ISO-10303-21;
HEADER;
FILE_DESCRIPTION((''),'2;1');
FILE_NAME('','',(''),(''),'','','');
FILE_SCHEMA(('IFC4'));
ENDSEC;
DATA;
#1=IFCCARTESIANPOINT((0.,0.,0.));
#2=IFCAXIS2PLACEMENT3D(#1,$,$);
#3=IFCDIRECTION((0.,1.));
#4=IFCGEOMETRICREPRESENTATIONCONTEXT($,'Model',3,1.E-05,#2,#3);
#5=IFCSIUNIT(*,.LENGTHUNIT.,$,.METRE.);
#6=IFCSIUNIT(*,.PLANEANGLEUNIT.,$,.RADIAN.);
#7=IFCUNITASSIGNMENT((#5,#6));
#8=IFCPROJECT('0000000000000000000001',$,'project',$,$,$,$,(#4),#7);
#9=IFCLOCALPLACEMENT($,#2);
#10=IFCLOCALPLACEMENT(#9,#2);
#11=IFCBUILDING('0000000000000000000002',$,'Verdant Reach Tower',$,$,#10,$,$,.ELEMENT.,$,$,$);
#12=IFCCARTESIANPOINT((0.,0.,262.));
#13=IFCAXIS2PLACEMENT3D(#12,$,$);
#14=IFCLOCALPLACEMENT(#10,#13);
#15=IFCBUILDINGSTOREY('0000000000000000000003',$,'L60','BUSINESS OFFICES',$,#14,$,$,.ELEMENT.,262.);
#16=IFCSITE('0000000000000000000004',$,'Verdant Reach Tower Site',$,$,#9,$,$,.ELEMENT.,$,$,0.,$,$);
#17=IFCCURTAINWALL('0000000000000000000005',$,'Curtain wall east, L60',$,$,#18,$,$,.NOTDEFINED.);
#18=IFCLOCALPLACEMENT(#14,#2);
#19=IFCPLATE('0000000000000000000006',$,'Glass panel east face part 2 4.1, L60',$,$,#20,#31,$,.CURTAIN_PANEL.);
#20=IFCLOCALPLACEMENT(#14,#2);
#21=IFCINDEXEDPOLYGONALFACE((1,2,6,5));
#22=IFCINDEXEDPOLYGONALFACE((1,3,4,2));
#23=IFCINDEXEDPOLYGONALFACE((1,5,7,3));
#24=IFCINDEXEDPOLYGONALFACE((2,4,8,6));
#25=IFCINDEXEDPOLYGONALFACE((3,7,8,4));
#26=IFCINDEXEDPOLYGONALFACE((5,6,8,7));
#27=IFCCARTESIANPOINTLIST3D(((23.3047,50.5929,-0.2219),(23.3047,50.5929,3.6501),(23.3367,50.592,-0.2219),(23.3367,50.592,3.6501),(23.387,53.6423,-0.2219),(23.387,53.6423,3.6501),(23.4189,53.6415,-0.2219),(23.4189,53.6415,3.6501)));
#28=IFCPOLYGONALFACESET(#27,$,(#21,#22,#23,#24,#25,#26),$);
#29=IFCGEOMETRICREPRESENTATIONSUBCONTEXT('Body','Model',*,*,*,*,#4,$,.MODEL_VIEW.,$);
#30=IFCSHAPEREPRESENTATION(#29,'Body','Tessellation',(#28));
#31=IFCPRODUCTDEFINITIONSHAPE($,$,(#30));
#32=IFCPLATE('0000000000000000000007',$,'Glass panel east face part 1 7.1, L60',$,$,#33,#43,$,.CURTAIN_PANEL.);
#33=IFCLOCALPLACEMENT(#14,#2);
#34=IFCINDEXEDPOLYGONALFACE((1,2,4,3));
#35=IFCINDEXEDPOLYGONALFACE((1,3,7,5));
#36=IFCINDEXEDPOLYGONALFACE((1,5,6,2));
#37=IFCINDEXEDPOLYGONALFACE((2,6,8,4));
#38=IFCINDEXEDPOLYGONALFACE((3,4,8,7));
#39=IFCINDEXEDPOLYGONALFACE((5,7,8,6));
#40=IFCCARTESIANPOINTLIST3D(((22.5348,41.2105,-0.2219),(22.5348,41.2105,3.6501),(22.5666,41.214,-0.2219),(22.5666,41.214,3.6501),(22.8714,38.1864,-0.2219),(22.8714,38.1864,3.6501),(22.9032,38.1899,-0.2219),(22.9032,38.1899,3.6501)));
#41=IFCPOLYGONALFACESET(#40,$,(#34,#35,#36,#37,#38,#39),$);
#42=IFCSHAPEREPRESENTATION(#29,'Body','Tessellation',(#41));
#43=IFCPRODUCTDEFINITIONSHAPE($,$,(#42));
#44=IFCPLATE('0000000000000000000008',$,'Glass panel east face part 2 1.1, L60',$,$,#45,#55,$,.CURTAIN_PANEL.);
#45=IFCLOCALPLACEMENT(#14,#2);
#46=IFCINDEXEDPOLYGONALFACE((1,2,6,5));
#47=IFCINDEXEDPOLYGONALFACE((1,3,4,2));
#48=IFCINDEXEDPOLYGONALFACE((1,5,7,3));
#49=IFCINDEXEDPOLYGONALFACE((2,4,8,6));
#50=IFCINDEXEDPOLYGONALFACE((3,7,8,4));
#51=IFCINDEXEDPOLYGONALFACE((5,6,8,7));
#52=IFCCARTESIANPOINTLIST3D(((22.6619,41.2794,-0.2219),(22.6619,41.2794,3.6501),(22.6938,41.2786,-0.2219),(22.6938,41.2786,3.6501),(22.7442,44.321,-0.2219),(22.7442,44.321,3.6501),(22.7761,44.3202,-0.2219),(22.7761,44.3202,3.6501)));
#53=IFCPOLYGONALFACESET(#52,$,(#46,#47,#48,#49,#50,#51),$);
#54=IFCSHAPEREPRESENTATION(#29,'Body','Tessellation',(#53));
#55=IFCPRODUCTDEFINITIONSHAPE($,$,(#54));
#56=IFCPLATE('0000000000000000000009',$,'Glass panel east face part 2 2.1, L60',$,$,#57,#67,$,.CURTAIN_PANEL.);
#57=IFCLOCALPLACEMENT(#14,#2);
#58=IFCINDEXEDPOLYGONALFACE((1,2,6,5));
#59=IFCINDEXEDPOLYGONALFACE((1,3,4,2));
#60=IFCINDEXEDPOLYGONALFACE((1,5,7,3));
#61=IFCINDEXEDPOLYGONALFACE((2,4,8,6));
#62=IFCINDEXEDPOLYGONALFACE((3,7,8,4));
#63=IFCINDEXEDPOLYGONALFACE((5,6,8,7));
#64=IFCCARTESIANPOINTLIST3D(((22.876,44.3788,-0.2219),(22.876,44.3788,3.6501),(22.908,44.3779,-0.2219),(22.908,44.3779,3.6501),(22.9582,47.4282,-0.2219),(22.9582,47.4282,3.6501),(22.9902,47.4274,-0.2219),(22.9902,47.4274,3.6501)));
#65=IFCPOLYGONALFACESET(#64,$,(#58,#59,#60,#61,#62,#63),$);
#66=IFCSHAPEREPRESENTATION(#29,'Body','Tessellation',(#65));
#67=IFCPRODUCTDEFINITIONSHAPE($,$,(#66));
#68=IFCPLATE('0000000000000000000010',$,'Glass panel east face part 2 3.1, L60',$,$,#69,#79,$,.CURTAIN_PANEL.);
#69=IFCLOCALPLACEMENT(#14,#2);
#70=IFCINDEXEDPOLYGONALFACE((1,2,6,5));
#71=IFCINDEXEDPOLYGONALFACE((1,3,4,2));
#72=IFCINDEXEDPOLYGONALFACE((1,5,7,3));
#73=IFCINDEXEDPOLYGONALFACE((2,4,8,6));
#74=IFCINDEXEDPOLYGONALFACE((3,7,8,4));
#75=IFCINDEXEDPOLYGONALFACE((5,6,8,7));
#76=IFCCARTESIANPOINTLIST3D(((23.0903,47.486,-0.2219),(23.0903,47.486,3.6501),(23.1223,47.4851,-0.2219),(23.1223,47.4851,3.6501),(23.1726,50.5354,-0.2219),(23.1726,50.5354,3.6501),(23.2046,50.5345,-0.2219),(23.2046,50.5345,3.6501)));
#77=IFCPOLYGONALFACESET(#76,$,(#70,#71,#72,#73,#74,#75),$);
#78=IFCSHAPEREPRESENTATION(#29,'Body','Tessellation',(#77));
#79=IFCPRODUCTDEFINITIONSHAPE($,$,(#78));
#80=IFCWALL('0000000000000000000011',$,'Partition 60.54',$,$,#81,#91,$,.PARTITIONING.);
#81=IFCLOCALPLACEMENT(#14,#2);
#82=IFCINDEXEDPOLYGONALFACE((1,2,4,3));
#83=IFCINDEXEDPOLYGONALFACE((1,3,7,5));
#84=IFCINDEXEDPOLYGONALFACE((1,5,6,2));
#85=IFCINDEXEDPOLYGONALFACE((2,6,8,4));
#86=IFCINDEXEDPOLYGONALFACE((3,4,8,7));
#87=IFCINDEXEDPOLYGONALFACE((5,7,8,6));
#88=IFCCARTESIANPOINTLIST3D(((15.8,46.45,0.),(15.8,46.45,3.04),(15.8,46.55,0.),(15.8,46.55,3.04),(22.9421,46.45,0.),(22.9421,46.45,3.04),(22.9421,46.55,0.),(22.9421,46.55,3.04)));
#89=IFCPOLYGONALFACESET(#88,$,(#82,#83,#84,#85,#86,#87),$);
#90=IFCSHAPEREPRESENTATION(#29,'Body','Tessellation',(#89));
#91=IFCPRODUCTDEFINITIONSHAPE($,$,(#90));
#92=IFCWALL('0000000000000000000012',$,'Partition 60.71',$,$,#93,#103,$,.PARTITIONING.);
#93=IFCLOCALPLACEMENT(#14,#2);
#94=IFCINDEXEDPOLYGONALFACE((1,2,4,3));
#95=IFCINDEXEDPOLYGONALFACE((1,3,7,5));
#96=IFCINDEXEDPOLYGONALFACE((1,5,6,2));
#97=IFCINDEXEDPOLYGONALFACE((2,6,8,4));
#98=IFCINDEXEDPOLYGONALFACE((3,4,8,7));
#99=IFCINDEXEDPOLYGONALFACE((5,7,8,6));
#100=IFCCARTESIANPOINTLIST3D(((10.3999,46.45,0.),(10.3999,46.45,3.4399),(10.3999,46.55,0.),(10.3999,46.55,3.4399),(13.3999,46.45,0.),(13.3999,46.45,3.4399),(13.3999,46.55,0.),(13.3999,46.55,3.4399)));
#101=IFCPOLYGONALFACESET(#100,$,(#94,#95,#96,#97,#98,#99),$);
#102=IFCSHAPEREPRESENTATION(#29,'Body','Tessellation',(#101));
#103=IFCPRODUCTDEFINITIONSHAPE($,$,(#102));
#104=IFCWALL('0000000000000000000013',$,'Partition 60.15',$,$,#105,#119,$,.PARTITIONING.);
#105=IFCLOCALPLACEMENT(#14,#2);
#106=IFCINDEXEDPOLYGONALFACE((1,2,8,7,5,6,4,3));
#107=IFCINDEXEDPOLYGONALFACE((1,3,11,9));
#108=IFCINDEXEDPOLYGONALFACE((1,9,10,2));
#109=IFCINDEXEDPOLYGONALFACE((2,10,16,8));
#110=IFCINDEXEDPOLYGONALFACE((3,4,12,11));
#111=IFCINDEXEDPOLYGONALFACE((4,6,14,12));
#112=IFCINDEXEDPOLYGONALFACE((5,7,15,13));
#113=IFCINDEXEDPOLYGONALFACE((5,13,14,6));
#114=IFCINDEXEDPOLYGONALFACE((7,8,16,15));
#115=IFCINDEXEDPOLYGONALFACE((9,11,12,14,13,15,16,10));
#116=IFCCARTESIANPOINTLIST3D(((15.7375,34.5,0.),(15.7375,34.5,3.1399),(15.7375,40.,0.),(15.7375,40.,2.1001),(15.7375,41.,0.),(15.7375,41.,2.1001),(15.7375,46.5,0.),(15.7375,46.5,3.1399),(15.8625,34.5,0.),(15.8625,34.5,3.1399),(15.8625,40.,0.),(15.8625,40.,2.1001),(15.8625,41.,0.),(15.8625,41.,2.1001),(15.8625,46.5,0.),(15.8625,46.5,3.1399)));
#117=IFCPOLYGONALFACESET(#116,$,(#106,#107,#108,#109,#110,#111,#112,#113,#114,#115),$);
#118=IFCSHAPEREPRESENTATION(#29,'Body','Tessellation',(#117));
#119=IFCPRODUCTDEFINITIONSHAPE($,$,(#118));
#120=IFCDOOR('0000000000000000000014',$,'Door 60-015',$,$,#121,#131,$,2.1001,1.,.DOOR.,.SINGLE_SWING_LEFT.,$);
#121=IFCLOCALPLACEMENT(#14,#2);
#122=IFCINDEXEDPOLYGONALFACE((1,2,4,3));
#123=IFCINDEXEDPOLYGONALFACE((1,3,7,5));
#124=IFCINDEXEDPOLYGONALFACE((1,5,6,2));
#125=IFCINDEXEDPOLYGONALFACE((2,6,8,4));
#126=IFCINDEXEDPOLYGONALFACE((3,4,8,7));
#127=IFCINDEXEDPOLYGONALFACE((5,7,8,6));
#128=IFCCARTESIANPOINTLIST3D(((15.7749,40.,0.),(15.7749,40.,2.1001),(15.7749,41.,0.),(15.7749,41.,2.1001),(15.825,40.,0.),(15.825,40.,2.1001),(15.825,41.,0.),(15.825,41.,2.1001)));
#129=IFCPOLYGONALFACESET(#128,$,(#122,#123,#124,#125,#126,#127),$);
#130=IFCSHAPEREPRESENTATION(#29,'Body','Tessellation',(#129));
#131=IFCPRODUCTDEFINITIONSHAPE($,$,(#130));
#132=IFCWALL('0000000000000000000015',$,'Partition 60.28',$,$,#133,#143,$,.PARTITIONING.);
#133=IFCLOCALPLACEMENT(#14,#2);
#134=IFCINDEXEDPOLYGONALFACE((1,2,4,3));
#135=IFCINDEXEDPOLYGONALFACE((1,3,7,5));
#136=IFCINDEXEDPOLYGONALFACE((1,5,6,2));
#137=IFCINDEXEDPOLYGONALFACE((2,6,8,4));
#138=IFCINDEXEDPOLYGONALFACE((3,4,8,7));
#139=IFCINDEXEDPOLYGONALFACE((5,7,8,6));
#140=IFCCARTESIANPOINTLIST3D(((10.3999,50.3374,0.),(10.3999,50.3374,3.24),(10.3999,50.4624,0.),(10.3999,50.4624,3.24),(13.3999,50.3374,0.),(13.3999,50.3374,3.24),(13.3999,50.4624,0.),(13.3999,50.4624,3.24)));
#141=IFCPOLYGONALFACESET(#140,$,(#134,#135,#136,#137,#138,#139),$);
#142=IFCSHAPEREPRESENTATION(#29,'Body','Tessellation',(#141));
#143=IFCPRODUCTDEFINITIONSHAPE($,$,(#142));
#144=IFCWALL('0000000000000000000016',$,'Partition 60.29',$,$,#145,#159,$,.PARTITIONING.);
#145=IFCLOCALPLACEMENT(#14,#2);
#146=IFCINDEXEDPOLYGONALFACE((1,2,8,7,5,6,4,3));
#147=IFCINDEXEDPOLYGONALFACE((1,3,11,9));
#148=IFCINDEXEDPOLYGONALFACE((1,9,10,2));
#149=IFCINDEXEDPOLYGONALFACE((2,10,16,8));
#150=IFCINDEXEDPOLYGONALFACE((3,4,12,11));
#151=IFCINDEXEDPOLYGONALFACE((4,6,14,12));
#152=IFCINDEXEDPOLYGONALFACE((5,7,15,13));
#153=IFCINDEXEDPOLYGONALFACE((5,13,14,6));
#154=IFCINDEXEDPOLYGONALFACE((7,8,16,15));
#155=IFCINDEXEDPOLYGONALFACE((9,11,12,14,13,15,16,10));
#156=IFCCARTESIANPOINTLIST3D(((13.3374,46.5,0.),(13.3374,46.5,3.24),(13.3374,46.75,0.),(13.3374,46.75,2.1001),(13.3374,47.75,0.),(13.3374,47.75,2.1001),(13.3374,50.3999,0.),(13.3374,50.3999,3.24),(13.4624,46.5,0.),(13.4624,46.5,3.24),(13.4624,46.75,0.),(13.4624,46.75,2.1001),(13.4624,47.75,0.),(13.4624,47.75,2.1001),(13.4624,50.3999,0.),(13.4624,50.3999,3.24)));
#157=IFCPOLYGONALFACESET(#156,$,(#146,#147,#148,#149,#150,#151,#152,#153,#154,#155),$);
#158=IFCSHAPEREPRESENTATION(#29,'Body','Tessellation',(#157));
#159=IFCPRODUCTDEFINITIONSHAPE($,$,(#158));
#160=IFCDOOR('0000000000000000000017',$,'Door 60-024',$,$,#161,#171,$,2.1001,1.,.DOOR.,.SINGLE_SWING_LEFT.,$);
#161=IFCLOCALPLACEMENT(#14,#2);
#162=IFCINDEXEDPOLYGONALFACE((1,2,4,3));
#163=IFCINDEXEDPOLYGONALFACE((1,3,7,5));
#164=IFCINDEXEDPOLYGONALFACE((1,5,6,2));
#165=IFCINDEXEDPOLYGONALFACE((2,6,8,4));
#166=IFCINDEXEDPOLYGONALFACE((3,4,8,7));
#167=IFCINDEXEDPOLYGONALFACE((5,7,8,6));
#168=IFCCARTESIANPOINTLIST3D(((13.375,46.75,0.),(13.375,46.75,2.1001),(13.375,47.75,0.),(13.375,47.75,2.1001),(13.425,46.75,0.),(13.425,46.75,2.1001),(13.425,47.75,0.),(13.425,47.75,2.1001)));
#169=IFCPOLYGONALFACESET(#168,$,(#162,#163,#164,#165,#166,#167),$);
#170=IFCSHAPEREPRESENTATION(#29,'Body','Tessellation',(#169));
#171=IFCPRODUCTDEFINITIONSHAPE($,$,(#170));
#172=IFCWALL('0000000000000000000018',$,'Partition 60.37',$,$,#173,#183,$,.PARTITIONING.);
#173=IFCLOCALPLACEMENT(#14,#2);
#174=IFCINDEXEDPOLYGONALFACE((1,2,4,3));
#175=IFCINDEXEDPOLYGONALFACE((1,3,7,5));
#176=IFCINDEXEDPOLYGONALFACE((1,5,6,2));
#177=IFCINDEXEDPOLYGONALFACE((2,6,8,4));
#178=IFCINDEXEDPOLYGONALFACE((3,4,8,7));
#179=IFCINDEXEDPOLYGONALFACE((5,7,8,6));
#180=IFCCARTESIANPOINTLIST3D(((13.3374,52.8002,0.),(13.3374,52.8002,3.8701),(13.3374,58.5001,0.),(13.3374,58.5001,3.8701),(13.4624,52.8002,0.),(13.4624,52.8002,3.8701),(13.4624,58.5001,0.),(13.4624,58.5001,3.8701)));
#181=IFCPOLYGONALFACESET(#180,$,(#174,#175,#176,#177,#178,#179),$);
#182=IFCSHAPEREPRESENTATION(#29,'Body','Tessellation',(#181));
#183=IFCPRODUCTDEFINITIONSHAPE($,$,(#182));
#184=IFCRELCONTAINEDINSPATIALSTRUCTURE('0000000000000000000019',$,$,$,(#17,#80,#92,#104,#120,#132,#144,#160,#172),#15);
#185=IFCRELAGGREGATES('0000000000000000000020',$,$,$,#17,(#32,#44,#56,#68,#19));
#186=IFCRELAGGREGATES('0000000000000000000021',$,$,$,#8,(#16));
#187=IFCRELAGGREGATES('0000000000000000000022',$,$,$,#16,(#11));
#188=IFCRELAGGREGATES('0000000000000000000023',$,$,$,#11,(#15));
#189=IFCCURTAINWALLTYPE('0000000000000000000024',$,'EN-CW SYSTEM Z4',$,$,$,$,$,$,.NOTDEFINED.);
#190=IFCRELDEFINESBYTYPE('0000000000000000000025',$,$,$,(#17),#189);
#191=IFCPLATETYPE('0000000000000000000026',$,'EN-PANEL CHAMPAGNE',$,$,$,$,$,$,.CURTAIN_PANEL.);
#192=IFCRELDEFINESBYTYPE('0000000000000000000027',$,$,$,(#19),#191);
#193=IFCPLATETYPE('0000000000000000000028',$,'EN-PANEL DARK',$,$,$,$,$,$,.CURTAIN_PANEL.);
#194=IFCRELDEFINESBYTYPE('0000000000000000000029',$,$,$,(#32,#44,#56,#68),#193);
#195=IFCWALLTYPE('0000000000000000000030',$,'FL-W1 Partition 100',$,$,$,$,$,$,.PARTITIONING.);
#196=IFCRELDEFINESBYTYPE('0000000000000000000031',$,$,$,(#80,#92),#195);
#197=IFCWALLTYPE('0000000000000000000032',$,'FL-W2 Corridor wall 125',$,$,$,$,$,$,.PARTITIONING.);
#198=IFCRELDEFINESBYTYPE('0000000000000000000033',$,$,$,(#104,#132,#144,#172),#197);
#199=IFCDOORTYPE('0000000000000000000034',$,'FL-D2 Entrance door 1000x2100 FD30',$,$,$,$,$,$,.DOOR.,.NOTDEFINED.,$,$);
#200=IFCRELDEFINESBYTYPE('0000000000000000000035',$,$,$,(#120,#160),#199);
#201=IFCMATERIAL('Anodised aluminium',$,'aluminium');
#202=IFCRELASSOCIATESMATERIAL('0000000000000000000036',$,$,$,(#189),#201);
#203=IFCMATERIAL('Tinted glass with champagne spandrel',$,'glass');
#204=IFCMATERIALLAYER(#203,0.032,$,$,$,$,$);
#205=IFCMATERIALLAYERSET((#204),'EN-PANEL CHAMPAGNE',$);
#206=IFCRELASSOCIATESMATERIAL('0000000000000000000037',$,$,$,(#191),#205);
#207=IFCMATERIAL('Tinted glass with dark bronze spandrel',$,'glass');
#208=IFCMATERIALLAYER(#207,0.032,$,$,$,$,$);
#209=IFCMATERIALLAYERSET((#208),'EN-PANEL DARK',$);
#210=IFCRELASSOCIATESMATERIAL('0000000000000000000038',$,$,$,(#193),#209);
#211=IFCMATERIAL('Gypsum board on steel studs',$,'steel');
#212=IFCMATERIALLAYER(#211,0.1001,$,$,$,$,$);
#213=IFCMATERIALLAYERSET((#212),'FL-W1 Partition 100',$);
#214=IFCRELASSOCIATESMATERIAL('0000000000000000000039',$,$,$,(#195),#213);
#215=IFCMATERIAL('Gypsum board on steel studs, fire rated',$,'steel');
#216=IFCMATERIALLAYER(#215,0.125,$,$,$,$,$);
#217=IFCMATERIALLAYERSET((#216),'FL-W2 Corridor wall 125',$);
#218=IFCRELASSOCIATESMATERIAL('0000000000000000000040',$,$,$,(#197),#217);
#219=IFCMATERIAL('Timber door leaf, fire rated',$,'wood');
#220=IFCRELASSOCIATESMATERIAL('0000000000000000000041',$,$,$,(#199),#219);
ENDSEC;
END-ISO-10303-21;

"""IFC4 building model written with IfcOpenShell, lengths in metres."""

from ifc_helpers import new_model, si_unit, direction, frame, frame_2d, origin, origin_2d, place, context, subcontext, project, spatial, rectangle, extrude, material, layer, layer_set, type_object, element, fill, aggregate, save


model = new_model("IFC4")

# Units and contexts
model_context = context("Model", 3, precision=1e-05, world=origin(), true_north=direction((0.0, 1.0)))
body_context = subcontext(model_context, "Body", "Model", "MODEL_VIEW")
ifc_project = project(units=[si_unit("LENGTHUNIT", "METRE"), si_unit("PLANEANGLEUNIT", "RADIAN")], contexts=[model_context])

# Site, building, storey
site_placement = place(None, origin())
site = spatial("IfcSite", under=ifc_project, at=site_placement, Name="Verdant Reach Tower Site", CompositionType="ELEMENT", RefElevation=0.0)
building_placement = place(site_placement, origin())
building = spatial("IfcBuilding", under=site, at=building_placement, Name="Verdant Reach Tower", CompositionType="ELEMENT")
storey_placement = place(building_placement, frame((0.0, 0.0, 262.0)))
storey = spatial("IfcBuildingStorey", under=building, at=storey_placement, Name="L60", Description="BUSINESS OFFICES", CompositionType="ELEMENT", Elevation=262.0)

# Curtain wall
ifc_material_1 = material(Name="Anodised aluminium", Category="aluminium")
curtain_wall_type = type_object("IfcCurtainWallType", Name="EN-CW SYSTEM Z4", PredefinedType="NOTDEFINED", material=ifc_material_1)
curtain_wall_placement = place(storey_placement, origin())
curtain_wall = element("IfcCurtainWall", 1, at=curtain_wall_placement, inside=storey, type_object=curtain_wall_type, Name="Curtain wall east, L60", PredefinedType="NOTDEFINED")

# Plates
ifc_material_2 = material(Name="Tinted glass with champagne spandrel", Category="glass")
ifc_layer_1 = layer(ifc_material_2, 0.032)
ifc_layer_set_1 = layer_set([ifc_layer_1], Name="EN-PANEL CHAMPAGNE")
plate_type_1 = type_object("IfcPlateType", Name="EN-PANEL CHAMPAGNE", PredefinedType="CURTAIN_PANEL", material=ifc_layer_set_1)
plate_1_placement = place(storey_placement, frame((23.3618, 52.1172, -0.2219), z_axis=(0.0, 0.0, 1.0), x_axis=(0.026965, 0.999636, 0.0)))
plate_1 = element("IfcPlate", 2, at=plate_1_placement, type_object=plate_type_1, Name="Glass panel east face part 2 4.1, L60", PredefinedType="CURTAIN_PANEL", context=body_context, shape_type="SweptSolid", body=[
    extrude(rectangle(XDim=3.0505, YDim=0.032, at=origin_2d()), origin(), (0.0, 0.0, 1.0), 3.8721),
])
ifc_material_3 = material(Name="Tinted glass with dark bronze spandrel", Category="glass")
ifc_layer_2 = layer(ifc_material_3, 0.032)
ifc_layer_set_2 = layer_set([ifc_layer_2], Name="EN-PANEL DARK")
plate_type_2 = type_object("IfcPlateType", Name="EN-PANEL DARK", PredefinedType="CURTAIN_PANEL", material=ifc_layer_set_2)
plate_2_placement = place(storey_placement, frame((22.719, 39.7002, -0.2219), z_axis=(0.0, 0.0, 1.0), x_axis=(-0.110603, 0.993865, 0.0)))
plate_2 = element("IfcPlate", 3, at=plate_2_placement, type_object=plate_type_2, Name="Glass panel east face part 1 7.1, L60", PredefinedType="CURTAIN_PANEL", context=body_context, shape_type="SweptSolid", body=[
    extrude(rectangle(XDim=3.0427, YDim=0.032, at=origin_2d()), origin(), (0.0, 0.0, 1.0), 3.8721),
])
plate_3_placement = place(storey_placement, frame((22.719, 42.7998, -0.2219), z_axis=(0.0, 0.0, 1.0), x_axis=(0.027051, 0.999634, 0.0)))
plate_3 = element("IfcPlate", 4, at=plate_3_placement, type_object=plate_type_2, Name="Glass panel east face part 2 1.1, L60", PredefinedType="CURTAIN_PANEL", context=body_context, shape_type="SweptSolid", body=[
    extrude(rectangle(XDim=3.0427, YDim=0.032, at=origin_2d()), origin(), (0.0, 0.0, 1.0), 3.8721),
])
plate_4_placement = place(storey_placement, frame((22.9331, 45.9031, -0.2219), z_axis=(0.0, 0.0, 1.0), x_axis=(0.026965, 0.999636, 0.0)))
plate_4 = element("IfcPlate", 5, at=plate_4_placement, type_object=plate_type_2, Name="Glass panel east face part 2 2.1, L60", PredefinedType="CURTAIN_PANEL", context=body_context, shape_type="SweptSolid", body=[
    extrude(rectangle(XDim=3.0505, YDim=0.032, at=origin_2d()), origin(), (0.0, 0.0, 1.0), 3.8721),
])
plate_5_placement = place(storey_placement, frame((23.1475, 49.0103, -0.2219), z_axis=(0.0, 0.0, 1.0), x_axis=(0.026965, 0.999636, 0.0)))
plate_5 = element("IfcPlate", 6, at=plate_5_placement, type_object=plate_type_2, Name="Glass panel east face part 2 3.1, L60", PredefinedType="CURTAIN_PANEL", context=body_context, shape_type="SweptSolid", body=[
    extrude(rectangle(XDim=3.0505, YDim=0.032, at=origin_2d()), origin(), (0.0, 0.0, 1.0), 3.8721),
])
aggregate(curtain_wall, [plate_2, plate_3, plate_4, plate_5, plate_1])

# Walls
ifc_material_4 = material(Name="Gypsum board on steel studs", Category="steel")
ifc_layer_3 = layer(ifc_material_4, 0.1001)
ifc_layer_set_3 = layer_set([ifc_layer_3], Name="FL-W1 Partition 100")
wall_type_1 = type_object("IfcWallType", Name="FL-W1 Partition 100", PredefinedType="PARTITIONING", material=ifc_layer_set_3)
wall_1_placement = place(storey_placement, frame((22.9421, 46.5, 0.0), z_axis=(0.0, 0.0, 1.0), x_axis=(-1.0, 0.0, 0.0)))
element("IfcWall", 7, at=wall_1_placement, inside=storey, type_object=wall_type_1, Name="Partition 60.54", PredefinedType="PARTITIONING", context=body_context, shape_type="SweptSolid", body=[
    extrude(rectangle(XDim=7.1421, YDim=0.1001, at=frame_2d((3.571, 0.0))), origin(), (0.0, 0.0, 1.0), 3.04),
])
wall_2_placement = place(storey_placement, frame((13.3999, 46.5, 0.0), z_axis=(0.0, 0.0, 1.0), x_axis=(-1.0, 0.0, 0.0)))
element("IfcWall", 8, at=wall_2_placement, inside=storey, type_object=wall_type_1, Name="Partition 60.71", PredefinedType="PARTITIONING", context=body_context, shape_type="SweptSolid", body=[
    extrude(rectangle(XDim=3.0, YDim=0.1001, at=frame_2d((1.5, 0.0))), origin(), (0.0, 0.0, 1.0), 3.4399),
])

# Wall, opening, door
ifc_material_5 = material(Name="Gypsum board on steel studs, fire rated", Category="steel")
ifc_layer_4 = layer(ifc_material_5, 0.125)
ifc_layer_set_4 = layer_set([ifc_layer_4], Name="FL-W2 Corridor wall 125")
wall_type_2 = type_object("IfcWallType", Name="FL-W2 Corridor wall 125", PredefinedType="PARTITIONING", material=ifc_layer_set_4)
wall_3_placement = place(storey_placement, frame((15.8, 46.5, 0.0), z_axis=(0.0, 0.0, 1.0), x_axis=(0.0, -1.0, 0.0)))
wall_3 = element("IfcWall", 9, at=wall_3_placement, inside=storey, type_object=wall_type_2, Name="Partition 60.15", PredefinedType="PARTITIONING", context=body_context, shape_type="SweptSolid", body=[
    extrude(rectangle(XDim=12.0, YDim=0.125, at=frame_2d((6.0, 0.0))), origin(), (0.0, 0.0, 1.0), 3.1399),
])
opening_1_placement = place(wall_3_placement, frame((5.5, 0.0, 0.0)))
opening_1 = element("IfcOpeningElement", 10, at=opening_1_placement, cuts=wall_3, PredefinedType="OPENING", context=body_context, shape_type="SweptSolid", body=[
    extrude(rectangle(XDim=1.0, YDim=2.1001, at=frame_2d((0.5, 1.05))), frame((0.0, 0.0725, 0.0), z_axis=(0.0, -1.0, 0.0), x_axis=(1.0, 0.0, 0.0)), (0.0, 0.0, 1.0), 0.145),
])
ifc_material_6 = material(Name="Timber door leaf, fire rated", Category="wood")
door_type = type_object("IfcDoorType", Name="FL-D2 Entrance door 1000x2100 FD30", OperationType="NOTDEFINED", PredefinedType="DOOR", material=ifc_material_6)
door_1_placement = place(opening_1_placement, origin())
door_1 = element("IfcDoor", 11, at=door_1_placement, inside=storey, type_object=door_type, Name="Door 60-015", OperationType="SINGLE_SWING_LEFT", OverallHeight=2.1001, OverallWidth=1.0, PredefinedType="DOOR", context=body_context, shape_type="SweptSolid", body=[
    extrude(rectangle(XDim=1.0, YDim=2.1001, at=frame_2d((0.5, 1.05))), frame((0.0, 0.0249, 0.0), z_axis=(0.0, -1.0, 0.0), x_axis=(1.0, 0.0, 0.0)), (0.0, 0.0, 1.0), 0.05),
])
fill(opening_1, door_1)

# Wall
wall_4_placement = place(storey_placement, frame((13.3999, 50.3999, 0.0), z_axis=(0.0, 0.0, 1.0), x_axis=(-1.0, 0.0, 0.0)))
element("IfcWall", 12, at=wall_4_placement, inside=storey, type_object=wall_type_2, Name="Partition 60.28", PredefinedType="PARTITIONING", context=body_context, shape_type="SweptSolid", body=[
    extrude(rectangle(XDim=3.0, YDim=0.125, at=frame_2d((1.5, 0.0))), origin(), (0.0, 0.0, 1.0), 3.24),
])

# Wall, opening, door
wall_5_placement = place(storey_placement, frame((13.3999, 46.5, 0.0), z_axis=(0.0, 0.0, 1.0), x_axis=(0.0, 1.0, 0.0)))
wall_5 = element("IfcWall", 13, at=wall_5_placement, inside=storey, type_object=wall_type_2, Name="Partition 60.29", PredefinedType="PARTITIONING", context=body_context, shape_type="SweptSolid", body=[
    extrude(rectangle(XDim=3.8999, YDim=0.125, at=frame_2d((1.95, 0.0))), origin(), (0.0, 0.0, 1.0), 3.24),
])
opening_2_placement = place(wall_5_placement, frame((0.25, 0.0, 0.0)))
opening_2 = element("IfcOpeningElement", 14, at=opening_2_placement, cuts=wall_5, PredefinedType="OPENING", context=body_context, shape_type="SweptSolid", body=[
    extrude(rectangle(XDim=1.0, YDim=2.1001, at=frame_2d((0.5, 1.05))), frame((0.0, 0.0725, 0.0), z_axis=(0.0, -1.0, 0.0), x_axis=(1.0, 0.0, 0.0)), (0.0, 0.0, 1.0), 0.145),
])
door_2_placement = place(opening_2_placement, origin())
door_2 = element("IfcDoor", 15, at=door_2_placement, inside=storey, type_object=door_type, Name="Door 60-024", OperationType="SINGLE_SWING_LEFT", OverallHeight=2.1001, OverallWidth=1.0, PredefinedType="DOOR", context=body_context, shape_type="SweptSolid", body=[
    extrude(rectangle(XDim=1.0, YDim=2.1001, at=frame_2d((0.5, 1.05))), frame((0.0, 0.0249, 0.0), z_axis=(0.0, -1.0, 0.0), x_axis=(1.0, 0.0, 0.0)), (0.0, 0.0, 1.0), 0.05),
])
fill(opening_2, door_2)

# Wall
wall_6_placement = place(storey_placement, frame((13.3999, 52.8, 0.0), z_axis=(0.0, 0.0, 1.0), x_axis=(0.0, 1.0, 0.0)))
element("IfcWall", 16, at=wall_6_placement, inside=storey, type_object=wall_type_2, Name="Partition 60.37", PredefinedType="PARTITIONING", context=body_context, shape_type="SweptSolid", body=[
    extrude(rectangle(XDim=5.7, YDim=0.125, at=frame_2d((2.8501, 0.0))), origin(), (0.0, 0.0, 1.0), 3.8701),
])

save(model, "model.ifc")
